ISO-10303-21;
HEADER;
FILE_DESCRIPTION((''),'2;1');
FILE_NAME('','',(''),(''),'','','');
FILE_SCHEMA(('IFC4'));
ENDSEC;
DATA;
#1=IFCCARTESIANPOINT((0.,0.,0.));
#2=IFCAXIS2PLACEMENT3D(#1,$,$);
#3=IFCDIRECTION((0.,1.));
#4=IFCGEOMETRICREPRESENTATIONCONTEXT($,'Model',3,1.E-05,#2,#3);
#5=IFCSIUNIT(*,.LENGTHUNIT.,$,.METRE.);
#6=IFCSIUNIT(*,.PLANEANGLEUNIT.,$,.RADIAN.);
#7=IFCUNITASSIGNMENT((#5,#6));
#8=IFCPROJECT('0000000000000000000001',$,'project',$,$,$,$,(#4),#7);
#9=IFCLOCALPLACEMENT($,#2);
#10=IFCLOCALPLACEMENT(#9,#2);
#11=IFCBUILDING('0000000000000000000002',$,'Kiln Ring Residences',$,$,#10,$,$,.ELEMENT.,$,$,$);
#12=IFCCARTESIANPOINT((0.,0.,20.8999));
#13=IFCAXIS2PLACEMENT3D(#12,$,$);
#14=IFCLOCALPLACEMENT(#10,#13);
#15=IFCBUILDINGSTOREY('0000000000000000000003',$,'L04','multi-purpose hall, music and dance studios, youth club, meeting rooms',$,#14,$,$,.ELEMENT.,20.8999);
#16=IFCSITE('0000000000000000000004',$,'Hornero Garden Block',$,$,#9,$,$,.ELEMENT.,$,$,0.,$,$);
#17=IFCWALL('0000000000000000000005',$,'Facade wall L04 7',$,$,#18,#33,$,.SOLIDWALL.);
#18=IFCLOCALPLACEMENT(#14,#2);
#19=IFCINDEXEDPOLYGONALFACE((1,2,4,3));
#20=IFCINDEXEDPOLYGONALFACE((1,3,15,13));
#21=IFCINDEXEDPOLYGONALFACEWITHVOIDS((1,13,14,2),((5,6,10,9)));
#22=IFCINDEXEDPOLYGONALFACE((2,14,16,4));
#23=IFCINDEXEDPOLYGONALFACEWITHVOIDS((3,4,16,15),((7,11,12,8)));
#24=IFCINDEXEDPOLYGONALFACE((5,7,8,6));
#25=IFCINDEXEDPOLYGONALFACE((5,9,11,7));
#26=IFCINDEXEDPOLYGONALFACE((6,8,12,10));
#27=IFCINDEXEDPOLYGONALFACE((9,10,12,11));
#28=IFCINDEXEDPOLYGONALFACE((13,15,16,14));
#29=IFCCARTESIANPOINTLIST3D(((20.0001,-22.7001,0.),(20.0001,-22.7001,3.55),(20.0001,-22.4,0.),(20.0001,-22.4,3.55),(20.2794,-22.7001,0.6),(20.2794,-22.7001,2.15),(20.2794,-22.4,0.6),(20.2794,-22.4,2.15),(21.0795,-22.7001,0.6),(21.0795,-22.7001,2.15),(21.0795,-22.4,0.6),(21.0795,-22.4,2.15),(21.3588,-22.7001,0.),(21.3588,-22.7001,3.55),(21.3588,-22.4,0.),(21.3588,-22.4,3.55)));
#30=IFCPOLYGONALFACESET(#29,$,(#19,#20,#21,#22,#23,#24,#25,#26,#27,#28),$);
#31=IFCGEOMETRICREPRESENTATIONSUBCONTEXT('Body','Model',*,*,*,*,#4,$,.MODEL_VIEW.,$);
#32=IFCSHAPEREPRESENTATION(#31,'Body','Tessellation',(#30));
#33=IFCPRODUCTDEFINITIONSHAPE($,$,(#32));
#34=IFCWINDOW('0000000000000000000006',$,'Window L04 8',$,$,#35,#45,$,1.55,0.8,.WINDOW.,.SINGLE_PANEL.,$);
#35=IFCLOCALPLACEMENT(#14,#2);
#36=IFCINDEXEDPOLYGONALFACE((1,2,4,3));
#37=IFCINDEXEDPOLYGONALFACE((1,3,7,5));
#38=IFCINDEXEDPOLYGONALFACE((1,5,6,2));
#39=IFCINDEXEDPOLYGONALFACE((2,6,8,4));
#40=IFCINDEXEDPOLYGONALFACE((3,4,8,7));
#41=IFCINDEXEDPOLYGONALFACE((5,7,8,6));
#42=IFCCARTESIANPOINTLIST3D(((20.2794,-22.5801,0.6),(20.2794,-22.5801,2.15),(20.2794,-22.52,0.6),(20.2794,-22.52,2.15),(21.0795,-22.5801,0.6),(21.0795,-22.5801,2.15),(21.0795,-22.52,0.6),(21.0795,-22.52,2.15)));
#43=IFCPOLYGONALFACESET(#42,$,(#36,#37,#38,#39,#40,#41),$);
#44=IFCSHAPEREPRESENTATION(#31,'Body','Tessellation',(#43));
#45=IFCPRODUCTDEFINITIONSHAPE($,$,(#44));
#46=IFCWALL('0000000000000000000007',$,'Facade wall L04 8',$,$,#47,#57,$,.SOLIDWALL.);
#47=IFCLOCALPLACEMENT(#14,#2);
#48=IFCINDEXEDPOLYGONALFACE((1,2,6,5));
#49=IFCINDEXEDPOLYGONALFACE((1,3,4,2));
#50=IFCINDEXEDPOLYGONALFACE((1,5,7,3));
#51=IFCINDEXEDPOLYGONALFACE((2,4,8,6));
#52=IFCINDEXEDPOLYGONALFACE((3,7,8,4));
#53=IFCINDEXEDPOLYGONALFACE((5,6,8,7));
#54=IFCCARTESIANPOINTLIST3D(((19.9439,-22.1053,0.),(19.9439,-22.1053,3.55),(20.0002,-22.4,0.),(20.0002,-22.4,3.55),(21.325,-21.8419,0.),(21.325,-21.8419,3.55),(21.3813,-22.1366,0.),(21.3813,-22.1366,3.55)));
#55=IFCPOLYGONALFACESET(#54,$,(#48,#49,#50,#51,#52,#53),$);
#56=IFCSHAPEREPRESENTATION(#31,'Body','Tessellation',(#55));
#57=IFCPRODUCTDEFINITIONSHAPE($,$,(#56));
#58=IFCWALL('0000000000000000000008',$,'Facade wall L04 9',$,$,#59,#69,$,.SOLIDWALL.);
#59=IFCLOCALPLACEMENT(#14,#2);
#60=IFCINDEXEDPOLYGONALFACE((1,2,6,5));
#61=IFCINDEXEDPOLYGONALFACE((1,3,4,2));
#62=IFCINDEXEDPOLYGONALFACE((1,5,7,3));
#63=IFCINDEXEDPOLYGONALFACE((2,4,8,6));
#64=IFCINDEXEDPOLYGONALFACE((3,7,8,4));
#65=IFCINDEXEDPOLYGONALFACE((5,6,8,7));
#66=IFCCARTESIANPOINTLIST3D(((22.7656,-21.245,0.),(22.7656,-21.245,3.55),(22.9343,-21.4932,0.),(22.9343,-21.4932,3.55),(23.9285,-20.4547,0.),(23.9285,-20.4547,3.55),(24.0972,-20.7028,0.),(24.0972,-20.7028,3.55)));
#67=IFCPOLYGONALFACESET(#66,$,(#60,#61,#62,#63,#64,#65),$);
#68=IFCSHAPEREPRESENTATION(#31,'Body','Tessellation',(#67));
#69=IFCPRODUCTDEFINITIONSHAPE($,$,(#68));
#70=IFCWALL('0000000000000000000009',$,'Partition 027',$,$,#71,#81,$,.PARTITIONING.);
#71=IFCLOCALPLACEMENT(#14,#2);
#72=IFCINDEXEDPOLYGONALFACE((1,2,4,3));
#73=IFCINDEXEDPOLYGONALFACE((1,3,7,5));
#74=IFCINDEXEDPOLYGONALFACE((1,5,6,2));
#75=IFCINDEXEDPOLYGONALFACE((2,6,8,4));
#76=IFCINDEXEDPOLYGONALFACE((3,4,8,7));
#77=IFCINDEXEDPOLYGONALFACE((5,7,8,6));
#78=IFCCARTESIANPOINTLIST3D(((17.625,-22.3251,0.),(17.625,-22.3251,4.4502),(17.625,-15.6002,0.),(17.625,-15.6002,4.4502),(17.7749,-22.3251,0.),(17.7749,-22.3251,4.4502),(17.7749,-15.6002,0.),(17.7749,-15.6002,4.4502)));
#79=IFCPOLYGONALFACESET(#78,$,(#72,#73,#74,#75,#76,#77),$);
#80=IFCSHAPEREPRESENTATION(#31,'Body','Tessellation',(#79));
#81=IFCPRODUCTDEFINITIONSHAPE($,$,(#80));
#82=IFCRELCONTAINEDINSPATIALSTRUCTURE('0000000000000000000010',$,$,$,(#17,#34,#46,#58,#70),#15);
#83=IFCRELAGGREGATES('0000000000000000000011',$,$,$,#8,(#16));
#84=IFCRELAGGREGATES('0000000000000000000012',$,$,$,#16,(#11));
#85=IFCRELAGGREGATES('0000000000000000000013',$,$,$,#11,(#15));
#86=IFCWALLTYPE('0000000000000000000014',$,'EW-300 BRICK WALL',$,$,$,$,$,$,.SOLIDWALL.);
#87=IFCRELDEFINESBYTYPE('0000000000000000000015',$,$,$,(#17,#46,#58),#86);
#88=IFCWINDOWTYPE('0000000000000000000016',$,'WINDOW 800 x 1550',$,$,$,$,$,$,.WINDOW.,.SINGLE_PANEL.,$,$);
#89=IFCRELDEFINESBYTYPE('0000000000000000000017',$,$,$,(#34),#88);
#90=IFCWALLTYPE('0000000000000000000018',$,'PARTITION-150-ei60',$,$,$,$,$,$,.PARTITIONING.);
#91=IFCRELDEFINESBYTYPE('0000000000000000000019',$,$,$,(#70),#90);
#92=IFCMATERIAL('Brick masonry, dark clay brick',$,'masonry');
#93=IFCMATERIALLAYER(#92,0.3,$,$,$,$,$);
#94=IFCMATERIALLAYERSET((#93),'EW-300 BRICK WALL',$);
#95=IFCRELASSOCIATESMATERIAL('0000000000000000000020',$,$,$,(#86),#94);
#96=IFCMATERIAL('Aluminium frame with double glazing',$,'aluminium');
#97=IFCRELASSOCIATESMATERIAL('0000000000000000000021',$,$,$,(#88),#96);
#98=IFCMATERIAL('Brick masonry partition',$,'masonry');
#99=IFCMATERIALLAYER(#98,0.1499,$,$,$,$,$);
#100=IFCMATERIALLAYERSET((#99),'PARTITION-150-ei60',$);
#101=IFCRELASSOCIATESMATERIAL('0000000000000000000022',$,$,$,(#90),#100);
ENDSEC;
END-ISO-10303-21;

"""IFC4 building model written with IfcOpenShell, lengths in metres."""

from ifc_helpers import new_model, si_unit, direction, frame, frame_2d, origin, place, context, subcontext, project, spatial, rectangle, extrude, material, layer, layer_set, type_object, element, fill, save


model = new_model("IFC4")

# Units and contexts
model_context = context("Model", 3, precision=1e-05, world=origin(), true_north=direction((0.0, 1.0)))
body_context = subcontext(model_context, "Body", "Model", "MODEL_VIEW")
ifc_project = project(units=[si_unit("LENGTHUNIT", "METRE"), si_unit("PLANEANGLEUNIT", "RADIAN")], contexts=[model_context])

# Site, building, storey
site_placement = place(None, origin())
site = spatial("IfcSite", under=ifc_project, at=site_placement, Name="Hornero Garden Block", CompositionType="ELEMENT", RefElevation=0.0)
building_placement = place(site_placement, origin())
building = spatial("IfcBuilding", under=site, at=building_placement, Name="Kiln Ring Residences", CompositionType="ELEMENT")
storey_placement = place(building_placement, frame((0.0, 0.0, 20.8999)))
storey = spatial("IfcBuildingStorey", under=building, at=storey_placement, Name="L04", Description="multi-purpose hall, music and dance studios, youth club, meeting rooms", CompositionType="ELEMENT", Elevation=20.8999)

# Wall, opening, window
ifc_material_1 = material(Name="Brick masonry, dark clay brick", Category="masonry")
ifc_layer_1 = layer(ifc_material_1, 0.3)
ifc_layer_set_1 = layer_set([ifc_layer_1], Name="EW-300 BRICK WALL")
wall_type_1 = type_object("IfcWallType", Name="EW-300 BRICK WALL", PredefinedType="SOLIDWALL", material=ifc_layer_set_1)
wall_1_placement = place(storey_placement, frame((21.3586, -22.55, 0.0), z_axis=(0.0, 0.0, 1.0), x_axis=(-1.0, 0.0, 0.0)))
wall_1 = element("IfcWall", 1, at=wall_1_placement, inside=storey, type_object=wall_type_1, Name="Facade wall L04 7", PredefinedType="SOLIDWALL", context=body_context, shape_type="SweptSolid", body=[
    extrude(rectangle(XDim=1.3586, YDim=0.3, at=frame_2d((0.6792, 0.0))), origin(), (0.0, 0.0, 1.0), 3.55),
])
opening_1_placement = place(wall_1_placement, frame((0.2793, 0.0, 0.6001)))
opening_1 = element("IfcOpeningElement", 2, at=opening_1_placement, cuts=wall_1, PredefinedType="OPENING", context=body_context, shape_type="SweptSolid", body=[
    extrude(rectangle(XDim=0.8, YDim=1.55, at=frame_2d((0.3999, 0.7749))), frame((0.0, 0.1599, 0.0), z_axis=(0.0, -1.0, 0.0), x_axis=(1.0, 0.0, 0.0)), (0.0, 0.0, 1.0), 0.3201),
])
ifc_material_2 = material(Name="Aluminium frame with double glazing", Category="aluminium")
window_type = type_object("IfcWindowType", Name="WINDOW 800 x 1550", PartitioningType="SINGLE_PANEL", PredefinedType="WINDOW", material=ifc_material_2)
window_placement = place(opening_1_placement, origin())
window = element("IfcWindow", 3, at=window_placement, inside=storey, type_object=window_type, Name="Window L04 8", OverallHeight=1.55, OverallWidth=0.8, PartitioningType="SINGLE_PANEL", PredefinedType="WINDOW", context=body_context, shape_type="SweptSolid", body=[
    extrude(rectangle(XDim=0.8, YDim=1.55, at=frame_2d((0.3999, 0.7749))), frame((0.0, 0.03, 0.0), z_axis=(0.0, -1.0, 0.0), x_axis=(1.0, 0.0, 0.0)), (0.0, 0.0, 1.0), 0.0601),
])
fill(opening_1, window)

# Walls
for number, where, z_axis, x_axis, name in (
    (4, (19.9719, -22.2527, 0.0), (0.0, 0.0, 1.0), (0.982291, 0.187359, 0.0), "Facade wall L04 8"),
    (5, (22.8499, -21.3691, 0.0), (0.0, 0.0, 1.0), (0.827075, 0.562092, 0.0), "Facade wall L04 9"),
):
    element("IfcWall", number, at=place(storey_placement, frame(where, z_axis=z_axis, x_axis=x_axis)), inside=storey, type_object=wall_type_1, Name=name, PredefinedType="SOLIDWALL", context=body_context, shape_type="SweptSolid", body=[
        extrude(rectangle(XDim=1.406, YDim=0.3, at=frame_2d((0.7031, 0.0))), origin(), (0.0, 0.0, 1.0), 3.55),
    ])
ifc_material_3 = material(Name="Brick masonry partition", Category="masonry")
ifc_layer_2 = layer(ifc_material_3, 0.1499)
ifc_layer_set_2 = layer_set([ifc_layer_2], Name="PARTITION-150-ei60")
wall_type_2 = type_object("IfcWallType", Name="PARTITION-150-ei60", PredefinedType="PARTITIONING", material=ifc_layer_set_2)
wall_2_placement = place(storey_placement, frame((17.7, -22.325, 0.0), z_axis=(0.0, 0.0, 1.0), x_axis=(0.0, 1.0, 0.0)))
element("IfcWall", 6, at=wall_2_placement, inside=storey, type_object=wall_type_2, Name="Partition 027", PredefinedType="PARTITIONING", context=body_context, shape_type="SweptSolid", body=[
    extrude(rectangle(XDim=6.7249, YDim=0.1499, at=frame_2d((3.3623, 0.0))), origin(), (0.0, 0.0, 1.0), 4.4502),
])

save(model, "model.ifc")
